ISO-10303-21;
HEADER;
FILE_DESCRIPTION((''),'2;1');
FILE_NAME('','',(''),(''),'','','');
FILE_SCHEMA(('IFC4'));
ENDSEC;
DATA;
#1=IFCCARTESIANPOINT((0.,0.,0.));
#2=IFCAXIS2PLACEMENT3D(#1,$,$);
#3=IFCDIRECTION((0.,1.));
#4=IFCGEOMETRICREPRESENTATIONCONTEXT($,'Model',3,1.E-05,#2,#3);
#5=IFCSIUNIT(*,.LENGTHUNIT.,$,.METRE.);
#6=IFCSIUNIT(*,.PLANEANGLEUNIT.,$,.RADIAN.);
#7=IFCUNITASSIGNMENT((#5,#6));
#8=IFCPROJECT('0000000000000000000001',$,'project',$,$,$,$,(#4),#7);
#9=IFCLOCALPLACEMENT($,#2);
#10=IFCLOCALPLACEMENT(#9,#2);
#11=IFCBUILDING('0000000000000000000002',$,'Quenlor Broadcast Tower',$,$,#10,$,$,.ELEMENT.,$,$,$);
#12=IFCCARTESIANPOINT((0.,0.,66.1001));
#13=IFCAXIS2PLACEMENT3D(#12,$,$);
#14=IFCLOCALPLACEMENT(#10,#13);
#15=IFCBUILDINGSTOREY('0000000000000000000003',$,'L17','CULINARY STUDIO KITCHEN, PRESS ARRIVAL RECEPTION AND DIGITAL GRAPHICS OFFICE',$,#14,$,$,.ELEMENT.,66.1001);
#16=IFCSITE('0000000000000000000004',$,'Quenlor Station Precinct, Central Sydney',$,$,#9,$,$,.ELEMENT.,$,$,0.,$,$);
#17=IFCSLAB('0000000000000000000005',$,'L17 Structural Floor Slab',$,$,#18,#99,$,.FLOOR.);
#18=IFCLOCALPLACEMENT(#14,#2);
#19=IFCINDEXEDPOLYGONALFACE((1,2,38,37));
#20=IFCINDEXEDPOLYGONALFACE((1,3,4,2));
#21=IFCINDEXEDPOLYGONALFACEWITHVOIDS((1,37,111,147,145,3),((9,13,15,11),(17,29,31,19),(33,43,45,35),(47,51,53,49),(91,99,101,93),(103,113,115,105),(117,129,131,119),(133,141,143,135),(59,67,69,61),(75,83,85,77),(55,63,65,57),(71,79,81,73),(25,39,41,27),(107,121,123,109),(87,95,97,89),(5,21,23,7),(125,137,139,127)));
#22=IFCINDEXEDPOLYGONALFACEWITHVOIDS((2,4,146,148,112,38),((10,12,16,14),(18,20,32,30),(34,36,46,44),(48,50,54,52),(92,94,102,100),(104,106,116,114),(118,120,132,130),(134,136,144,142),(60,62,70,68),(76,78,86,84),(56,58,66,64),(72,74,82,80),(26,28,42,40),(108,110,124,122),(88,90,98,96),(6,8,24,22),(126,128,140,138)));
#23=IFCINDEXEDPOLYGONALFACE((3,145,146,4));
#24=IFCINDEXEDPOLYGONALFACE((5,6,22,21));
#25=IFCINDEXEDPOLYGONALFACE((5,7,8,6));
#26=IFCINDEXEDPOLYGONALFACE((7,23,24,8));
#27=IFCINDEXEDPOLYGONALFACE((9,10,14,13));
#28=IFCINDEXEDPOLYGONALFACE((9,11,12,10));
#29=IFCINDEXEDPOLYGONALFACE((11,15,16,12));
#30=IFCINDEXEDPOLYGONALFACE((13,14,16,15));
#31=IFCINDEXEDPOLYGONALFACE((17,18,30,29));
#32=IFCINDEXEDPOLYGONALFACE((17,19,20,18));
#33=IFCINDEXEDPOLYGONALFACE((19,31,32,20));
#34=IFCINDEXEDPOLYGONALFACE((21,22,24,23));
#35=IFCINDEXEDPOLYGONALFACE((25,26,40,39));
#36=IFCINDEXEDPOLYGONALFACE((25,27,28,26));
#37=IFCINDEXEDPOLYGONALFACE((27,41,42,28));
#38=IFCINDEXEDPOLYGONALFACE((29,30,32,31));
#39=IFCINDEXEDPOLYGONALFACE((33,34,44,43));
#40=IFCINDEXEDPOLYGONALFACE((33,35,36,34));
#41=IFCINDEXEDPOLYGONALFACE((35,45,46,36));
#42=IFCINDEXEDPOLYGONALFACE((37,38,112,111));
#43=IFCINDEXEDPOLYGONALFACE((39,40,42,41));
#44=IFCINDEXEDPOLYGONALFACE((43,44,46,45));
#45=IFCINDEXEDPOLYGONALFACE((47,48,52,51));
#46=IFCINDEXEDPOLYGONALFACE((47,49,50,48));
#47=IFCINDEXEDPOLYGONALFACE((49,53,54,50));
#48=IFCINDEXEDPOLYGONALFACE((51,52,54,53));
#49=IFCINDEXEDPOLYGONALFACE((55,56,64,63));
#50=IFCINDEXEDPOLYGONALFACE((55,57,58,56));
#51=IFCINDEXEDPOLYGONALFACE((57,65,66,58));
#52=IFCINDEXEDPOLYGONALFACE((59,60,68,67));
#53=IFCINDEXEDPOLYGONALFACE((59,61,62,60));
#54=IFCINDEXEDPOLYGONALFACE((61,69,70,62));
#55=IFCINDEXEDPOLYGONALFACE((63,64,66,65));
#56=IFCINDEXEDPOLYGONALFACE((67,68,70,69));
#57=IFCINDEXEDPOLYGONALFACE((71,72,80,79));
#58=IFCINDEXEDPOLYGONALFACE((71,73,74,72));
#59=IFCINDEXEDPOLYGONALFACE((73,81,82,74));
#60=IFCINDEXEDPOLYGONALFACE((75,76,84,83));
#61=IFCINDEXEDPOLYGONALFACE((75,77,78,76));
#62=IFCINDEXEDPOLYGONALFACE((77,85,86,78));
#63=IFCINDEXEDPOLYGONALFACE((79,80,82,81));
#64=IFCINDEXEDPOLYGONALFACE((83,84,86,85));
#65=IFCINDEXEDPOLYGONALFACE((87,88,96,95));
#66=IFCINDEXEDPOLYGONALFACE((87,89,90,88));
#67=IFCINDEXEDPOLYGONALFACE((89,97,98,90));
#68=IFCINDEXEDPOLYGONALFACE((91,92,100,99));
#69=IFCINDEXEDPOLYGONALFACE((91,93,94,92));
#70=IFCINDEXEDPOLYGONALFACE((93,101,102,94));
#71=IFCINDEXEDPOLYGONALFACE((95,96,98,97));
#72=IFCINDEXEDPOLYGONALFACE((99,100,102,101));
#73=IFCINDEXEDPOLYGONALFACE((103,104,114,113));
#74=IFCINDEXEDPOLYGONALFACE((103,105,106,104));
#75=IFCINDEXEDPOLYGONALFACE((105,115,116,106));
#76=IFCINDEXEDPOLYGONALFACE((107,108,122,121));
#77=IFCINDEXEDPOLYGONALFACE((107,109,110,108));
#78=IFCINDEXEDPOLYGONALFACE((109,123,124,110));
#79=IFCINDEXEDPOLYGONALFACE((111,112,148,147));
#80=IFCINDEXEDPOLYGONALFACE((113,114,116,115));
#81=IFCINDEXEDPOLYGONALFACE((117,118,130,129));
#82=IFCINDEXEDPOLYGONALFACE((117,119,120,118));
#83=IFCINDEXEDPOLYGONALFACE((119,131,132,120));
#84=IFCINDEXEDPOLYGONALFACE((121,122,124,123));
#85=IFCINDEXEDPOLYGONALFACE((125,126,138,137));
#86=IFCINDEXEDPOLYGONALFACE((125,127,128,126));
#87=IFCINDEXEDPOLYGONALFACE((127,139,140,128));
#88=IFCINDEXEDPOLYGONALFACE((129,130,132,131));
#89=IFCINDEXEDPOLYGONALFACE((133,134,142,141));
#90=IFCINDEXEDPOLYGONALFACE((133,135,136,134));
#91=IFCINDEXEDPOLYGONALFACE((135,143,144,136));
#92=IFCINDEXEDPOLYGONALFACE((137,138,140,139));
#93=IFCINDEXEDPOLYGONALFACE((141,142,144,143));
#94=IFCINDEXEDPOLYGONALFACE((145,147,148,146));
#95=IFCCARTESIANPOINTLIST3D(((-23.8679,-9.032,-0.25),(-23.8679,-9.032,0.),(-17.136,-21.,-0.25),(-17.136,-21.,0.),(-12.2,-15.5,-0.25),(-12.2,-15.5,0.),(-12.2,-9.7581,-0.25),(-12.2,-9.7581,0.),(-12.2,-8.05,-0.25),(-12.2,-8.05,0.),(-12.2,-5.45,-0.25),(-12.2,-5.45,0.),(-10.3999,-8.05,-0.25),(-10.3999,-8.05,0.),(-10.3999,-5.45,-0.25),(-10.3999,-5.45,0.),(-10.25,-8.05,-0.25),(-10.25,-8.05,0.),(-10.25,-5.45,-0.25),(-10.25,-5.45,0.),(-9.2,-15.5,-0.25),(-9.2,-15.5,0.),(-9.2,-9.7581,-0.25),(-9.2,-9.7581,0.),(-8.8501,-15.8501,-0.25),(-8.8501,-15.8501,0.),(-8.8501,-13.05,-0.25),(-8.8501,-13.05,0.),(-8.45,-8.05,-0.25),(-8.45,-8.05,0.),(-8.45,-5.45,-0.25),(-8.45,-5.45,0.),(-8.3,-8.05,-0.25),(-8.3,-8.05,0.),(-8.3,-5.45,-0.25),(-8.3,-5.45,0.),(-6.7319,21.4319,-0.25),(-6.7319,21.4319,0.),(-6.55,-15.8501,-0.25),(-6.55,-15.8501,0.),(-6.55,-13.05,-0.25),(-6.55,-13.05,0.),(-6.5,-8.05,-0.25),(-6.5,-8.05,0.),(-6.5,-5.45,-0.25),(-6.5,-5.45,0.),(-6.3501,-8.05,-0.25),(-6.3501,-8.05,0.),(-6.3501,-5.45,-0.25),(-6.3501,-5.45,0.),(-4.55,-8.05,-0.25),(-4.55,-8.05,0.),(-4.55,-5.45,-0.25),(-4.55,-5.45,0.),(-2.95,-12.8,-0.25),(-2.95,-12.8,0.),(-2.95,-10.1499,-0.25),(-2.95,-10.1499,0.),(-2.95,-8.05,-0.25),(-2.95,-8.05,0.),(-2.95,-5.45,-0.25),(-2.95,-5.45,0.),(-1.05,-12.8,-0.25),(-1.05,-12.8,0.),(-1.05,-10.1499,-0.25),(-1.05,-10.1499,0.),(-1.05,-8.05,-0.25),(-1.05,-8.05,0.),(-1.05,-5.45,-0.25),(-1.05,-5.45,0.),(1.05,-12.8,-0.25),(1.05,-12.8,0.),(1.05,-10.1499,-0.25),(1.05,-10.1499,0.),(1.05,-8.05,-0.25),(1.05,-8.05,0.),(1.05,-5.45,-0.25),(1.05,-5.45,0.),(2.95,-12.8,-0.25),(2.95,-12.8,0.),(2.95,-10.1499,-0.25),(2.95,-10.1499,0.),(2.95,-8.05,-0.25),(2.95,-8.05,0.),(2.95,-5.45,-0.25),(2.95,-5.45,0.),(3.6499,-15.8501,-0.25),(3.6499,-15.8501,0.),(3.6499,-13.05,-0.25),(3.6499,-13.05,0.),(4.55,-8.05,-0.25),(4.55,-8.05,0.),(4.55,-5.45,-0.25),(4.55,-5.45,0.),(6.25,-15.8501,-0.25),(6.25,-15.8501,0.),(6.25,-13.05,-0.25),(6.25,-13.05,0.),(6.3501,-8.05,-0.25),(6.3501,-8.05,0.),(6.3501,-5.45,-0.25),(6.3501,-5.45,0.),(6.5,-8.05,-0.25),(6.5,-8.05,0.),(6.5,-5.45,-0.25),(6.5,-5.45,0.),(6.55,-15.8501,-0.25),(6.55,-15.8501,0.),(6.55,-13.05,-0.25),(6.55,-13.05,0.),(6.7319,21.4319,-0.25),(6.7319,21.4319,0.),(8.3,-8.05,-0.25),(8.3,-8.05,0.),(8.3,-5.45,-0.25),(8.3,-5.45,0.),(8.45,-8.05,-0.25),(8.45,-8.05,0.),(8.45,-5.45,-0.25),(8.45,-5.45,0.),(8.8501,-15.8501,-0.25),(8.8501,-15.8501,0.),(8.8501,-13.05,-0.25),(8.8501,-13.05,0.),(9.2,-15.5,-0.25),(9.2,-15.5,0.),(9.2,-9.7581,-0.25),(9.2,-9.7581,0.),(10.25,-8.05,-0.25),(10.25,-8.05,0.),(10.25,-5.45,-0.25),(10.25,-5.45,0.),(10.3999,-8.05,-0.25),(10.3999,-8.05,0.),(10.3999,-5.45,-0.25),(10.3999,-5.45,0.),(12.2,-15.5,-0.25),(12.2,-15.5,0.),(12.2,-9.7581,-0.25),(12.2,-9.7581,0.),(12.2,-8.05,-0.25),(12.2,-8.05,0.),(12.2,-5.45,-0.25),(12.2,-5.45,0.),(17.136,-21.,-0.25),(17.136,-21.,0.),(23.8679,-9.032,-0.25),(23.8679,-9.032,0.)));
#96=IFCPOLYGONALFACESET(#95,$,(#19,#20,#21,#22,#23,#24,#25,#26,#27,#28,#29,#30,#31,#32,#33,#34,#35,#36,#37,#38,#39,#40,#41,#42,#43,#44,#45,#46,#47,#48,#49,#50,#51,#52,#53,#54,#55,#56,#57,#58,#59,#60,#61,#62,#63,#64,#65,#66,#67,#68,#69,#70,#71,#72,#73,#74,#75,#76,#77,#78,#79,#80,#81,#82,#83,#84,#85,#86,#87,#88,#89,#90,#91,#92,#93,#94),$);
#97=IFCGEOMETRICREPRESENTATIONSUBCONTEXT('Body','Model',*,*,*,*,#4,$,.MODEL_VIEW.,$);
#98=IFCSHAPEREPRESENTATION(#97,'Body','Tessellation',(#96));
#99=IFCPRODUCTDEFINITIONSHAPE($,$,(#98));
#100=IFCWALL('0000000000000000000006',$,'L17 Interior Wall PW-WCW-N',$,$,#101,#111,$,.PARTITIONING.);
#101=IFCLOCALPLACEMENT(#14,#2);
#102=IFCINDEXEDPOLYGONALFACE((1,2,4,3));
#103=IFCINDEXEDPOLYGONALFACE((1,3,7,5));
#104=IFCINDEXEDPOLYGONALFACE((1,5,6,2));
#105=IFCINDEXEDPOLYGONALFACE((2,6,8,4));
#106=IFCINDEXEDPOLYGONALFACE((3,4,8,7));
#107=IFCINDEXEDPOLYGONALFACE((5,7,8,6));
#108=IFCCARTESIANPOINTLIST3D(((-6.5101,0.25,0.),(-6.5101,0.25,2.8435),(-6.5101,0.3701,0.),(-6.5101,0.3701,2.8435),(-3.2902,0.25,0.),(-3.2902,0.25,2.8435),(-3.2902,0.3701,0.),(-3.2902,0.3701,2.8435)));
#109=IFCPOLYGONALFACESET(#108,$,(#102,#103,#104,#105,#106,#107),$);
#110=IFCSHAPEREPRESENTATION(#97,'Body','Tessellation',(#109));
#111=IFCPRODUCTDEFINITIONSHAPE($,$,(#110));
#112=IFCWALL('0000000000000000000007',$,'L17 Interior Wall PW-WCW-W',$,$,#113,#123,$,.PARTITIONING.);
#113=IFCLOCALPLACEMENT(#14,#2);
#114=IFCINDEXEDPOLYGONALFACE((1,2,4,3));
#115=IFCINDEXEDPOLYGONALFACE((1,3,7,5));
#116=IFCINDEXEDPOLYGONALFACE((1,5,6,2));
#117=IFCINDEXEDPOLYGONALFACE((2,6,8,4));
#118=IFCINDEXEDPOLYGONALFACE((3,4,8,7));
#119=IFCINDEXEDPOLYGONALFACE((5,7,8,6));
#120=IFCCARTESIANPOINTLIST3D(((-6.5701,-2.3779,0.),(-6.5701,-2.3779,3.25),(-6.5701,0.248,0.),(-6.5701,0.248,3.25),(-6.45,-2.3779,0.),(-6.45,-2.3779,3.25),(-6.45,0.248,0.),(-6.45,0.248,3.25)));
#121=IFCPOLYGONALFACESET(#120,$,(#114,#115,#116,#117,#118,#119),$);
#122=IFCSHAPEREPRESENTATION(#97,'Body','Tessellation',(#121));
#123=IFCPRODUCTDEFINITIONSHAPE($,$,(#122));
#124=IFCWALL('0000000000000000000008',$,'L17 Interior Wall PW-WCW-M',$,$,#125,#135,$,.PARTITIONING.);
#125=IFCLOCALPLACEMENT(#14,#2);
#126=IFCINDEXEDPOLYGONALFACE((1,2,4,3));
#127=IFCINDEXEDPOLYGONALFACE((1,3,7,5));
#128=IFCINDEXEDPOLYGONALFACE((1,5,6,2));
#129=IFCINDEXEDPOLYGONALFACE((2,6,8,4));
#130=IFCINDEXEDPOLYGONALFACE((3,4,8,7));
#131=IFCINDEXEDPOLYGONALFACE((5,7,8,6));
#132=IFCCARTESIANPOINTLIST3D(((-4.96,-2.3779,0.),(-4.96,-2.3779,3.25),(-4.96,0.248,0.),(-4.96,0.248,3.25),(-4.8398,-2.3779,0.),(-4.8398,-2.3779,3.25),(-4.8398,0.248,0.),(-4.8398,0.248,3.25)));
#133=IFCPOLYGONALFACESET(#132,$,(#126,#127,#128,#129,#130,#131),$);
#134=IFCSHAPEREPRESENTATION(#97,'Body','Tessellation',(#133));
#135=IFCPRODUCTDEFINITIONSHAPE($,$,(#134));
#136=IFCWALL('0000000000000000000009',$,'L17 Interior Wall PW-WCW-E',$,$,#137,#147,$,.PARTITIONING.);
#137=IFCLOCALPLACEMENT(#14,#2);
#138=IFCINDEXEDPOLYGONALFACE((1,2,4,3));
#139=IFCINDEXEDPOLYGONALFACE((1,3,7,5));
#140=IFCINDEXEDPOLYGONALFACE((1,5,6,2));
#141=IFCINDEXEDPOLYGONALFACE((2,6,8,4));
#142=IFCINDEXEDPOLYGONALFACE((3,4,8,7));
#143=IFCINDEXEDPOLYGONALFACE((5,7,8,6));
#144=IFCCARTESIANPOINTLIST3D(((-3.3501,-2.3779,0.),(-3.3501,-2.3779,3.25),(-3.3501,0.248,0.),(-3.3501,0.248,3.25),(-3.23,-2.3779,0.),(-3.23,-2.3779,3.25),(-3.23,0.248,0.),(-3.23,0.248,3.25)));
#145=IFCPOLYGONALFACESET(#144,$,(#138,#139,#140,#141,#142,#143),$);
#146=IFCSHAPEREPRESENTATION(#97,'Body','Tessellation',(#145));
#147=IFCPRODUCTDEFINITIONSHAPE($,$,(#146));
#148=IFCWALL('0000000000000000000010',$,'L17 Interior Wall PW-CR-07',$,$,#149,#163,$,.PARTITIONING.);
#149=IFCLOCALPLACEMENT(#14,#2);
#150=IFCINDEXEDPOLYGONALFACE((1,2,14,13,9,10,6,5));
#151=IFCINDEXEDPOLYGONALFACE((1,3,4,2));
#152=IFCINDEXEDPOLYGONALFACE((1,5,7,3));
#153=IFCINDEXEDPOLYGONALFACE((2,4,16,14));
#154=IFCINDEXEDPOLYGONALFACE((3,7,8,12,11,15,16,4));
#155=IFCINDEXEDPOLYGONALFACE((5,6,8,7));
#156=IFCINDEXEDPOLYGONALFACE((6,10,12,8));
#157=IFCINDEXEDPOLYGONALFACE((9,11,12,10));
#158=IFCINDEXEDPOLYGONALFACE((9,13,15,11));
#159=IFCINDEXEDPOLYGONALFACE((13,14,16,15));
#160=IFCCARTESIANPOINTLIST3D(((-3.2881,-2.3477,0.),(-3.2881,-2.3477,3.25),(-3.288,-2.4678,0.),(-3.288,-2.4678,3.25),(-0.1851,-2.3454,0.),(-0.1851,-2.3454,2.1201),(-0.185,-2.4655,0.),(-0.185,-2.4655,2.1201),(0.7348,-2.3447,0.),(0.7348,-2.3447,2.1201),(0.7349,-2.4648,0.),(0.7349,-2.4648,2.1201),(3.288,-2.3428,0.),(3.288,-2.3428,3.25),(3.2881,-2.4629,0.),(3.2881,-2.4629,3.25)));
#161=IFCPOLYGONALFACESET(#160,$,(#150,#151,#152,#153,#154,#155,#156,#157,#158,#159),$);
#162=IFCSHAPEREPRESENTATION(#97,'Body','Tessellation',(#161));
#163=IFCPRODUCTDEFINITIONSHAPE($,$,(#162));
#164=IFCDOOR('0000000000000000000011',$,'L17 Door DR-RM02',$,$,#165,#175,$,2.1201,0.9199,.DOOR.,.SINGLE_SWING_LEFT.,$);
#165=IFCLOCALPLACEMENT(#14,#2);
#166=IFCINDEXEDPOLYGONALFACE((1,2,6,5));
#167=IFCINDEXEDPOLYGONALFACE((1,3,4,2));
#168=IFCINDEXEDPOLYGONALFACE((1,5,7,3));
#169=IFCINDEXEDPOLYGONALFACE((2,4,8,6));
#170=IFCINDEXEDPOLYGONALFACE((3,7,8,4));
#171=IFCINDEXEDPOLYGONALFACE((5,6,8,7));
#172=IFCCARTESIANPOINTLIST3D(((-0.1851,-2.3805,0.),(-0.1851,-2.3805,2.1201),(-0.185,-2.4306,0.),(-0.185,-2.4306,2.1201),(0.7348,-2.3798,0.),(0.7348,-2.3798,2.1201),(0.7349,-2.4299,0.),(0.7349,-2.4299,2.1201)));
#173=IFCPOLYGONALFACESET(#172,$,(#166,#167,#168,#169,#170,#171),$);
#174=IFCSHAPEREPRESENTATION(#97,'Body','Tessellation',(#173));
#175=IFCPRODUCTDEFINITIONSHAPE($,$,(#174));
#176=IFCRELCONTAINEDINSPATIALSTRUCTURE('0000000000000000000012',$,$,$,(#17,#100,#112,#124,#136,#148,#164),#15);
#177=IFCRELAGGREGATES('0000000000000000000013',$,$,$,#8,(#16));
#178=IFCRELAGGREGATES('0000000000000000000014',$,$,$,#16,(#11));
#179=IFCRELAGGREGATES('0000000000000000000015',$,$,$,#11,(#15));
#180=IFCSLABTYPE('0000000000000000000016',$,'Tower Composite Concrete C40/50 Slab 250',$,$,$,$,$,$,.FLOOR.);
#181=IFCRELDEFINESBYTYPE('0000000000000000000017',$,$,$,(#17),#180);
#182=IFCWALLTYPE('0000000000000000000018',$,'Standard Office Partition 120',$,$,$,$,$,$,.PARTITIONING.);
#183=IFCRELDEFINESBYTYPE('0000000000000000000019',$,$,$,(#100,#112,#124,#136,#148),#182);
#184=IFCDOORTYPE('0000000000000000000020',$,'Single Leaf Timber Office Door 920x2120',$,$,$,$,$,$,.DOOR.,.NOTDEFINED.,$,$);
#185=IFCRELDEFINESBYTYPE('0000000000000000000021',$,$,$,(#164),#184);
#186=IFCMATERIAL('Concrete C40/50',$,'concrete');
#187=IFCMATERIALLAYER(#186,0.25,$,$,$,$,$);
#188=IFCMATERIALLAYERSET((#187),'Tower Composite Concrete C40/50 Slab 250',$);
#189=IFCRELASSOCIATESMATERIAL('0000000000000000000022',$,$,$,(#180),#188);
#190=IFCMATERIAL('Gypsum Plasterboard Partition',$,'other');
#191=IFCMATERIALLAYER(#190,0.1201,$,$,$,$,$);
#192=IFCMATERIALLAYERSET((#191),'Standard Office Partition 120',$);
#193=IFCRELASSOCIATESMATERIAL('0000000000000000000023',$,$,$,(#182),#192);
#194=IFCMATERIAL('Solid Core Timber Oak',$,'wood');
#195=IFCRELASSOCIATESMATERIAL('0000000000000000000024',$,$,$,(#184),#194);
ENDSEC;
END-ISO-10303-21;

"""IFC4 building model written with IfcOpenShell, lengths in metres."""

from ifc_helpers import new_model, si_unit, direction, frame, frame_2d, origin, place, context, subcontext, project, spatial, polyline, rectangle, outline, extrude, material, layer, layer_set, type_object, element, fill, save


model = new_model("IFC4")

# Units and contexts
model_context = context("Model", 3, precision=1e-05, world=origin(), true_north=direction((0.0, 1.0)))
body_context = subcontext(model_context, "Body", "Model", "MODEL_VIEW")
ifc_project = project(units=[si_unit("LENGTHUNIT", "METRE"), si_unit("PLANEANGLEUNIT", "RADIAN")], contexts=[model_context])

# Site, building, storey
site_placement = place(None, origin())
site = spatial("IfcSite", under=ifc_project, at=site_placement, Name="Quenlor Station Precinct, Central Sydney", CompositionType="ELEMENT", RefElevation=0.0)
building_placement = place(site_placement, origin())
building = spatial("IfcBuilding", under=site, at=building_placement, Name="Quenlor Broadcast Tower", CompositionType="ELEMENT")
storey_placement = place(building_placement, frame((0.0, 0.0, 66.1001)))
storey = spatial("IfcBuildingStorey", under=building, at=storey_placement, Name="L17", Description="CULINARY STUDIO KITCHEN, PRESS ARRIVAL RECEPTION AND DIGITAL GRAPHICS OFFICE", CompositionType="ELEMENT", Elevation=66.1001)

# Slab
ifc_material_1 = material(Name="Concrete C40/50", Category="concrete")
ifc_layer_1 = layer(ifc_material_1, 0.25)
ifc_layer_set_1 = layer_set([ifc_layer_1], Name="Tower Composite Concrete C40/50 Slab 250")
slab_type = type_object("IfcSlabType", Name="Tower Composite Concrete C40/50 Slab 250", PredefinedType="FLOOR", material=ifc_layer_set_1)
slab_placement = place(storey_placement, frame((0.0, 0.0, -0.25)))
element("IfcSlab", 1, at=slab_placement, inside=storey, type_object=slab_type, Name="L17 Structural Floor Slab", PredefinedType="FLOOR", context=body_context, shape_type="SweptSolid", body=[
    extrude(outline(polyline([(17.136, -21.0), (23.8679, -9.032), (6.7319, 21.4319), (-6.7319, 21.4319), (-23.8679, -9.032), (-17.136, -21.0), (17.136, -21.0)]), holes=[polyline([(-12.2, -9.7581), (-12.2, -15.5), (-9.2, -15.5), (-9.2, -9.7581), (-12.2, -9.7581)]), polyline([(9.2, -9.7581), (9.2, -15.5), (12.2, -15.5), (12.2, -9.7581), (9.2, -9.7581)]), polyline([(-12.2, -8.05), (-10.3999, -8.05), (-10.3999, -5.45), (-12.2, -5.45), (-12.2, -8.05)]), polyline([(-10.25, -8.05), (-8.45, -8.05), (-8.45, -5.45), (-10.25, -5.45), (-10.25, -8.05)]), polyline([(-8.3, -8.05), (-6.5, -8.05), (-6.5, -5.45), (-8.3, -5.45), (-8.3, -8.05)]), polyline([(-6.3501, -8.05), (-4.55, -8.05), (-4.55, -5.45), (-6.3501, -5.45), (-6.3501, -8.05)]), polyline([(-2.95, -8.05), (-1.05, -8.05), (-1.05, -5.45), (-2.95, -5.45), (-2.95, -8.05)]), polyline([(1.05, -8.05), (2.95, -8.05), (2.95, -5.45), (1.05, -5.45), (1.05, -8.05)]), polyline([(-2.95, -12.8), (-1.05, -12.8), (-1.05, -10.1499), (-2.95, -10.1499), (-2.95, -12.8)]), polyline([(1.05, -12.8), (2.95, -12.8), (2.95, -10.1499), (1.05, -10.1499), (1.05, -12.8)]), polyline([(4.55, -8.05), (6.3501, -8.05), (6.3501, -5.45), (4.55, -5.45), (4.55, -8.05)]), polyline([(6.5, -8.05), (8.3, -8.05), (8.3, -5.45), (6.5, -5.45), (6.5, -8.05)]), polyline([(8.45, -8.05), (10.25, -8.05), (10.25, -5.45), (8.45, -5.45), (8.45, -8.05)]), polyline([(10.3999, -8.05), (12.2, -8.05), (12.2, -5.45), (10.3999, -5.45), (10.3999, -8.05)]), polyline([(-8.8501, -15.8501), (-6.55, -15.8501), (-6.55, -13.05), (-8.8501, -13.05), (-8.8501, -15.8501)]), polyline([(6.55, -15.8501), (8.8501, -15.8501), (8.8501, -13.05), (6.55, -13.05), (6.55, -15.8501)]), polyline([(3.6499, -15.8501), (6.25, -15.8501), (6.25, -13.05), (3.6499, -13.05), (3.6499, -15.8501)])]), origin(), (0.0, 0.0, 1.0), 0.25),
])

# Walls
ifc_material_2 = material(Name="Gypsum Plasterboard Partition", Category="other")
ifc_layer_2 = layer(ifc_material_2, 0.1201)
ifc_layer_set_2 = layer_set([ifc_layer_2], Name="Standard Office Partition 120")
wall_type = type_object("IfcWallType", Name="Standard Office Partition 120", PredefinedType="PARTITIONING", material=ifc_layer_set_2)
wall_1_placement = place(storey_placement, frame((-6.51, 0.3101, 0.0), z_axis=(0.0, 0.0, 1.0), x_axis=(1.0, 0.0, 0.0)))
element("IfcWall", 2, at=wall_1_placement, inside=storey, type_object=wall_type, Name="L17 Interior Wall PW-WCW-N", PredefinedType="PARTITIONING", context=body_context, shape_type="SweptSolid", body=[
    extrude(rectangle(XDim=3.22, YDim=0.1201, at=frame_2d((1.6099, 0.0))), origin(), (0.0, 0.0, 1.0), 2.8435),
])
for number, where, z_axis, x_axis, name in (
    (3, (-6.51, -2.3779, 0.0), (0.0, 0.0, 1.0), (0.0, 1.0, 0.0), "L17 Interior Wall PW-WCW-W"),
    (4, (-4.8999, -2.3779, 0.0), (0.0, 0.0, 1.0), (0.0, 1.0, 0.0), "L17 Interior Wall PW-WCW-M"),
    (5, (-3.29, -2.3779, 0.0), (0.0, 0.0, 1.0), (0.0, 1.0, 0.0), "L17 Interior Wall PW-WCW-E"),
):
    element("IfcWall", number, at=place(storey_placement, frame(where, z_axis=z_axis, x_axis=x_axis)), inside=storey, type_object=wall_type, Name=name, PredefinedType="PARTITIONING", context=body_context, shape_type="SweptSolid", body=[
        extrude(rectangle(XDim=2.626, YDim=0.1201, at=frame_2d((1.313, 0.0))), origin(), (0.0, 0.0, 1.0), 3.25),
    ])

# Wall, opening, door
wall_2_placement = place(storey_placement, frame((-3.2881, -2.4077, 0.0), z_axis=(0.0, 0.0, 1.0), x_axis=(1.0, 0.000743, 0.0)))
wall_2 = element("IfcWall", 6, at=wall_2_placement, inside=storey, type_object=wall_type, Name="L17 Interior Wall PW-CR-07", PredefinedType="PARTITIONING", context=body_context, shape_type="SweptSolid", body=[
    extrude(rectangle(XDim=6.5762, YDim=0.1201, at=frame_2d((3.2881, 0.0))), origin(), (0.0, 0.0, 1.0), 3.25),
])
opening_placement = place(wall_2_placement, frame((3.103, 0.0, 0.0)))
opening = element("IfcOpeningElement", 7, at=opening_placement, cuts=wall_2, PredefinedType="OPENING", context=body_context, shape_type="SweptSolid", body=[
    extrude(rectangle(XDim=0.9199, YDim=2.1201, at=frame_2d((0.46, 1.0601))), frame((0.0, 0.0701, 0.0), z_axis=(0.0, -1.0, 0.0), x_axis=(1.0, 0.0, 0.0)), (0.0, 0.0, 1.0), 0.1401),
])
ifc_material_3 = material(Name="Solid Core Timber Oak", Category="wood")
door_type = type_object("IfcDoorType", Name="Single Leaf Timber Office Door 920x2120", OperationType="NOTDEFINED", PredefinedType="DOOR", material=ifc_material_3)
door_placement = place(opening_placement, origin())
door = element("IfcDoor", 8, at=door_placement, inside=storey, type_object=door_type, Name="L17 Door DR-RM02", OperationType="SINGLE_SWING_LEFT", OverallHeight=2.1201, OverallWidth=0.9199, PredefinedType="DOOR", context=body_context, shape_type="SweptSolid", body=[
    extrude(rectangle(XDim=0.9199, YDim=2.1201, at=frame_2d((0.46, 1.0601))), frame((0.0, 0.0249, 0.0), z_axis=(0.0, -1.0, 0.0), x_axis=(1.0, 0.0, 0.0)), (0.0, 0.0, 1.0), 0.05),
])
fill(opening, door)

save(model, "model.ifc")
